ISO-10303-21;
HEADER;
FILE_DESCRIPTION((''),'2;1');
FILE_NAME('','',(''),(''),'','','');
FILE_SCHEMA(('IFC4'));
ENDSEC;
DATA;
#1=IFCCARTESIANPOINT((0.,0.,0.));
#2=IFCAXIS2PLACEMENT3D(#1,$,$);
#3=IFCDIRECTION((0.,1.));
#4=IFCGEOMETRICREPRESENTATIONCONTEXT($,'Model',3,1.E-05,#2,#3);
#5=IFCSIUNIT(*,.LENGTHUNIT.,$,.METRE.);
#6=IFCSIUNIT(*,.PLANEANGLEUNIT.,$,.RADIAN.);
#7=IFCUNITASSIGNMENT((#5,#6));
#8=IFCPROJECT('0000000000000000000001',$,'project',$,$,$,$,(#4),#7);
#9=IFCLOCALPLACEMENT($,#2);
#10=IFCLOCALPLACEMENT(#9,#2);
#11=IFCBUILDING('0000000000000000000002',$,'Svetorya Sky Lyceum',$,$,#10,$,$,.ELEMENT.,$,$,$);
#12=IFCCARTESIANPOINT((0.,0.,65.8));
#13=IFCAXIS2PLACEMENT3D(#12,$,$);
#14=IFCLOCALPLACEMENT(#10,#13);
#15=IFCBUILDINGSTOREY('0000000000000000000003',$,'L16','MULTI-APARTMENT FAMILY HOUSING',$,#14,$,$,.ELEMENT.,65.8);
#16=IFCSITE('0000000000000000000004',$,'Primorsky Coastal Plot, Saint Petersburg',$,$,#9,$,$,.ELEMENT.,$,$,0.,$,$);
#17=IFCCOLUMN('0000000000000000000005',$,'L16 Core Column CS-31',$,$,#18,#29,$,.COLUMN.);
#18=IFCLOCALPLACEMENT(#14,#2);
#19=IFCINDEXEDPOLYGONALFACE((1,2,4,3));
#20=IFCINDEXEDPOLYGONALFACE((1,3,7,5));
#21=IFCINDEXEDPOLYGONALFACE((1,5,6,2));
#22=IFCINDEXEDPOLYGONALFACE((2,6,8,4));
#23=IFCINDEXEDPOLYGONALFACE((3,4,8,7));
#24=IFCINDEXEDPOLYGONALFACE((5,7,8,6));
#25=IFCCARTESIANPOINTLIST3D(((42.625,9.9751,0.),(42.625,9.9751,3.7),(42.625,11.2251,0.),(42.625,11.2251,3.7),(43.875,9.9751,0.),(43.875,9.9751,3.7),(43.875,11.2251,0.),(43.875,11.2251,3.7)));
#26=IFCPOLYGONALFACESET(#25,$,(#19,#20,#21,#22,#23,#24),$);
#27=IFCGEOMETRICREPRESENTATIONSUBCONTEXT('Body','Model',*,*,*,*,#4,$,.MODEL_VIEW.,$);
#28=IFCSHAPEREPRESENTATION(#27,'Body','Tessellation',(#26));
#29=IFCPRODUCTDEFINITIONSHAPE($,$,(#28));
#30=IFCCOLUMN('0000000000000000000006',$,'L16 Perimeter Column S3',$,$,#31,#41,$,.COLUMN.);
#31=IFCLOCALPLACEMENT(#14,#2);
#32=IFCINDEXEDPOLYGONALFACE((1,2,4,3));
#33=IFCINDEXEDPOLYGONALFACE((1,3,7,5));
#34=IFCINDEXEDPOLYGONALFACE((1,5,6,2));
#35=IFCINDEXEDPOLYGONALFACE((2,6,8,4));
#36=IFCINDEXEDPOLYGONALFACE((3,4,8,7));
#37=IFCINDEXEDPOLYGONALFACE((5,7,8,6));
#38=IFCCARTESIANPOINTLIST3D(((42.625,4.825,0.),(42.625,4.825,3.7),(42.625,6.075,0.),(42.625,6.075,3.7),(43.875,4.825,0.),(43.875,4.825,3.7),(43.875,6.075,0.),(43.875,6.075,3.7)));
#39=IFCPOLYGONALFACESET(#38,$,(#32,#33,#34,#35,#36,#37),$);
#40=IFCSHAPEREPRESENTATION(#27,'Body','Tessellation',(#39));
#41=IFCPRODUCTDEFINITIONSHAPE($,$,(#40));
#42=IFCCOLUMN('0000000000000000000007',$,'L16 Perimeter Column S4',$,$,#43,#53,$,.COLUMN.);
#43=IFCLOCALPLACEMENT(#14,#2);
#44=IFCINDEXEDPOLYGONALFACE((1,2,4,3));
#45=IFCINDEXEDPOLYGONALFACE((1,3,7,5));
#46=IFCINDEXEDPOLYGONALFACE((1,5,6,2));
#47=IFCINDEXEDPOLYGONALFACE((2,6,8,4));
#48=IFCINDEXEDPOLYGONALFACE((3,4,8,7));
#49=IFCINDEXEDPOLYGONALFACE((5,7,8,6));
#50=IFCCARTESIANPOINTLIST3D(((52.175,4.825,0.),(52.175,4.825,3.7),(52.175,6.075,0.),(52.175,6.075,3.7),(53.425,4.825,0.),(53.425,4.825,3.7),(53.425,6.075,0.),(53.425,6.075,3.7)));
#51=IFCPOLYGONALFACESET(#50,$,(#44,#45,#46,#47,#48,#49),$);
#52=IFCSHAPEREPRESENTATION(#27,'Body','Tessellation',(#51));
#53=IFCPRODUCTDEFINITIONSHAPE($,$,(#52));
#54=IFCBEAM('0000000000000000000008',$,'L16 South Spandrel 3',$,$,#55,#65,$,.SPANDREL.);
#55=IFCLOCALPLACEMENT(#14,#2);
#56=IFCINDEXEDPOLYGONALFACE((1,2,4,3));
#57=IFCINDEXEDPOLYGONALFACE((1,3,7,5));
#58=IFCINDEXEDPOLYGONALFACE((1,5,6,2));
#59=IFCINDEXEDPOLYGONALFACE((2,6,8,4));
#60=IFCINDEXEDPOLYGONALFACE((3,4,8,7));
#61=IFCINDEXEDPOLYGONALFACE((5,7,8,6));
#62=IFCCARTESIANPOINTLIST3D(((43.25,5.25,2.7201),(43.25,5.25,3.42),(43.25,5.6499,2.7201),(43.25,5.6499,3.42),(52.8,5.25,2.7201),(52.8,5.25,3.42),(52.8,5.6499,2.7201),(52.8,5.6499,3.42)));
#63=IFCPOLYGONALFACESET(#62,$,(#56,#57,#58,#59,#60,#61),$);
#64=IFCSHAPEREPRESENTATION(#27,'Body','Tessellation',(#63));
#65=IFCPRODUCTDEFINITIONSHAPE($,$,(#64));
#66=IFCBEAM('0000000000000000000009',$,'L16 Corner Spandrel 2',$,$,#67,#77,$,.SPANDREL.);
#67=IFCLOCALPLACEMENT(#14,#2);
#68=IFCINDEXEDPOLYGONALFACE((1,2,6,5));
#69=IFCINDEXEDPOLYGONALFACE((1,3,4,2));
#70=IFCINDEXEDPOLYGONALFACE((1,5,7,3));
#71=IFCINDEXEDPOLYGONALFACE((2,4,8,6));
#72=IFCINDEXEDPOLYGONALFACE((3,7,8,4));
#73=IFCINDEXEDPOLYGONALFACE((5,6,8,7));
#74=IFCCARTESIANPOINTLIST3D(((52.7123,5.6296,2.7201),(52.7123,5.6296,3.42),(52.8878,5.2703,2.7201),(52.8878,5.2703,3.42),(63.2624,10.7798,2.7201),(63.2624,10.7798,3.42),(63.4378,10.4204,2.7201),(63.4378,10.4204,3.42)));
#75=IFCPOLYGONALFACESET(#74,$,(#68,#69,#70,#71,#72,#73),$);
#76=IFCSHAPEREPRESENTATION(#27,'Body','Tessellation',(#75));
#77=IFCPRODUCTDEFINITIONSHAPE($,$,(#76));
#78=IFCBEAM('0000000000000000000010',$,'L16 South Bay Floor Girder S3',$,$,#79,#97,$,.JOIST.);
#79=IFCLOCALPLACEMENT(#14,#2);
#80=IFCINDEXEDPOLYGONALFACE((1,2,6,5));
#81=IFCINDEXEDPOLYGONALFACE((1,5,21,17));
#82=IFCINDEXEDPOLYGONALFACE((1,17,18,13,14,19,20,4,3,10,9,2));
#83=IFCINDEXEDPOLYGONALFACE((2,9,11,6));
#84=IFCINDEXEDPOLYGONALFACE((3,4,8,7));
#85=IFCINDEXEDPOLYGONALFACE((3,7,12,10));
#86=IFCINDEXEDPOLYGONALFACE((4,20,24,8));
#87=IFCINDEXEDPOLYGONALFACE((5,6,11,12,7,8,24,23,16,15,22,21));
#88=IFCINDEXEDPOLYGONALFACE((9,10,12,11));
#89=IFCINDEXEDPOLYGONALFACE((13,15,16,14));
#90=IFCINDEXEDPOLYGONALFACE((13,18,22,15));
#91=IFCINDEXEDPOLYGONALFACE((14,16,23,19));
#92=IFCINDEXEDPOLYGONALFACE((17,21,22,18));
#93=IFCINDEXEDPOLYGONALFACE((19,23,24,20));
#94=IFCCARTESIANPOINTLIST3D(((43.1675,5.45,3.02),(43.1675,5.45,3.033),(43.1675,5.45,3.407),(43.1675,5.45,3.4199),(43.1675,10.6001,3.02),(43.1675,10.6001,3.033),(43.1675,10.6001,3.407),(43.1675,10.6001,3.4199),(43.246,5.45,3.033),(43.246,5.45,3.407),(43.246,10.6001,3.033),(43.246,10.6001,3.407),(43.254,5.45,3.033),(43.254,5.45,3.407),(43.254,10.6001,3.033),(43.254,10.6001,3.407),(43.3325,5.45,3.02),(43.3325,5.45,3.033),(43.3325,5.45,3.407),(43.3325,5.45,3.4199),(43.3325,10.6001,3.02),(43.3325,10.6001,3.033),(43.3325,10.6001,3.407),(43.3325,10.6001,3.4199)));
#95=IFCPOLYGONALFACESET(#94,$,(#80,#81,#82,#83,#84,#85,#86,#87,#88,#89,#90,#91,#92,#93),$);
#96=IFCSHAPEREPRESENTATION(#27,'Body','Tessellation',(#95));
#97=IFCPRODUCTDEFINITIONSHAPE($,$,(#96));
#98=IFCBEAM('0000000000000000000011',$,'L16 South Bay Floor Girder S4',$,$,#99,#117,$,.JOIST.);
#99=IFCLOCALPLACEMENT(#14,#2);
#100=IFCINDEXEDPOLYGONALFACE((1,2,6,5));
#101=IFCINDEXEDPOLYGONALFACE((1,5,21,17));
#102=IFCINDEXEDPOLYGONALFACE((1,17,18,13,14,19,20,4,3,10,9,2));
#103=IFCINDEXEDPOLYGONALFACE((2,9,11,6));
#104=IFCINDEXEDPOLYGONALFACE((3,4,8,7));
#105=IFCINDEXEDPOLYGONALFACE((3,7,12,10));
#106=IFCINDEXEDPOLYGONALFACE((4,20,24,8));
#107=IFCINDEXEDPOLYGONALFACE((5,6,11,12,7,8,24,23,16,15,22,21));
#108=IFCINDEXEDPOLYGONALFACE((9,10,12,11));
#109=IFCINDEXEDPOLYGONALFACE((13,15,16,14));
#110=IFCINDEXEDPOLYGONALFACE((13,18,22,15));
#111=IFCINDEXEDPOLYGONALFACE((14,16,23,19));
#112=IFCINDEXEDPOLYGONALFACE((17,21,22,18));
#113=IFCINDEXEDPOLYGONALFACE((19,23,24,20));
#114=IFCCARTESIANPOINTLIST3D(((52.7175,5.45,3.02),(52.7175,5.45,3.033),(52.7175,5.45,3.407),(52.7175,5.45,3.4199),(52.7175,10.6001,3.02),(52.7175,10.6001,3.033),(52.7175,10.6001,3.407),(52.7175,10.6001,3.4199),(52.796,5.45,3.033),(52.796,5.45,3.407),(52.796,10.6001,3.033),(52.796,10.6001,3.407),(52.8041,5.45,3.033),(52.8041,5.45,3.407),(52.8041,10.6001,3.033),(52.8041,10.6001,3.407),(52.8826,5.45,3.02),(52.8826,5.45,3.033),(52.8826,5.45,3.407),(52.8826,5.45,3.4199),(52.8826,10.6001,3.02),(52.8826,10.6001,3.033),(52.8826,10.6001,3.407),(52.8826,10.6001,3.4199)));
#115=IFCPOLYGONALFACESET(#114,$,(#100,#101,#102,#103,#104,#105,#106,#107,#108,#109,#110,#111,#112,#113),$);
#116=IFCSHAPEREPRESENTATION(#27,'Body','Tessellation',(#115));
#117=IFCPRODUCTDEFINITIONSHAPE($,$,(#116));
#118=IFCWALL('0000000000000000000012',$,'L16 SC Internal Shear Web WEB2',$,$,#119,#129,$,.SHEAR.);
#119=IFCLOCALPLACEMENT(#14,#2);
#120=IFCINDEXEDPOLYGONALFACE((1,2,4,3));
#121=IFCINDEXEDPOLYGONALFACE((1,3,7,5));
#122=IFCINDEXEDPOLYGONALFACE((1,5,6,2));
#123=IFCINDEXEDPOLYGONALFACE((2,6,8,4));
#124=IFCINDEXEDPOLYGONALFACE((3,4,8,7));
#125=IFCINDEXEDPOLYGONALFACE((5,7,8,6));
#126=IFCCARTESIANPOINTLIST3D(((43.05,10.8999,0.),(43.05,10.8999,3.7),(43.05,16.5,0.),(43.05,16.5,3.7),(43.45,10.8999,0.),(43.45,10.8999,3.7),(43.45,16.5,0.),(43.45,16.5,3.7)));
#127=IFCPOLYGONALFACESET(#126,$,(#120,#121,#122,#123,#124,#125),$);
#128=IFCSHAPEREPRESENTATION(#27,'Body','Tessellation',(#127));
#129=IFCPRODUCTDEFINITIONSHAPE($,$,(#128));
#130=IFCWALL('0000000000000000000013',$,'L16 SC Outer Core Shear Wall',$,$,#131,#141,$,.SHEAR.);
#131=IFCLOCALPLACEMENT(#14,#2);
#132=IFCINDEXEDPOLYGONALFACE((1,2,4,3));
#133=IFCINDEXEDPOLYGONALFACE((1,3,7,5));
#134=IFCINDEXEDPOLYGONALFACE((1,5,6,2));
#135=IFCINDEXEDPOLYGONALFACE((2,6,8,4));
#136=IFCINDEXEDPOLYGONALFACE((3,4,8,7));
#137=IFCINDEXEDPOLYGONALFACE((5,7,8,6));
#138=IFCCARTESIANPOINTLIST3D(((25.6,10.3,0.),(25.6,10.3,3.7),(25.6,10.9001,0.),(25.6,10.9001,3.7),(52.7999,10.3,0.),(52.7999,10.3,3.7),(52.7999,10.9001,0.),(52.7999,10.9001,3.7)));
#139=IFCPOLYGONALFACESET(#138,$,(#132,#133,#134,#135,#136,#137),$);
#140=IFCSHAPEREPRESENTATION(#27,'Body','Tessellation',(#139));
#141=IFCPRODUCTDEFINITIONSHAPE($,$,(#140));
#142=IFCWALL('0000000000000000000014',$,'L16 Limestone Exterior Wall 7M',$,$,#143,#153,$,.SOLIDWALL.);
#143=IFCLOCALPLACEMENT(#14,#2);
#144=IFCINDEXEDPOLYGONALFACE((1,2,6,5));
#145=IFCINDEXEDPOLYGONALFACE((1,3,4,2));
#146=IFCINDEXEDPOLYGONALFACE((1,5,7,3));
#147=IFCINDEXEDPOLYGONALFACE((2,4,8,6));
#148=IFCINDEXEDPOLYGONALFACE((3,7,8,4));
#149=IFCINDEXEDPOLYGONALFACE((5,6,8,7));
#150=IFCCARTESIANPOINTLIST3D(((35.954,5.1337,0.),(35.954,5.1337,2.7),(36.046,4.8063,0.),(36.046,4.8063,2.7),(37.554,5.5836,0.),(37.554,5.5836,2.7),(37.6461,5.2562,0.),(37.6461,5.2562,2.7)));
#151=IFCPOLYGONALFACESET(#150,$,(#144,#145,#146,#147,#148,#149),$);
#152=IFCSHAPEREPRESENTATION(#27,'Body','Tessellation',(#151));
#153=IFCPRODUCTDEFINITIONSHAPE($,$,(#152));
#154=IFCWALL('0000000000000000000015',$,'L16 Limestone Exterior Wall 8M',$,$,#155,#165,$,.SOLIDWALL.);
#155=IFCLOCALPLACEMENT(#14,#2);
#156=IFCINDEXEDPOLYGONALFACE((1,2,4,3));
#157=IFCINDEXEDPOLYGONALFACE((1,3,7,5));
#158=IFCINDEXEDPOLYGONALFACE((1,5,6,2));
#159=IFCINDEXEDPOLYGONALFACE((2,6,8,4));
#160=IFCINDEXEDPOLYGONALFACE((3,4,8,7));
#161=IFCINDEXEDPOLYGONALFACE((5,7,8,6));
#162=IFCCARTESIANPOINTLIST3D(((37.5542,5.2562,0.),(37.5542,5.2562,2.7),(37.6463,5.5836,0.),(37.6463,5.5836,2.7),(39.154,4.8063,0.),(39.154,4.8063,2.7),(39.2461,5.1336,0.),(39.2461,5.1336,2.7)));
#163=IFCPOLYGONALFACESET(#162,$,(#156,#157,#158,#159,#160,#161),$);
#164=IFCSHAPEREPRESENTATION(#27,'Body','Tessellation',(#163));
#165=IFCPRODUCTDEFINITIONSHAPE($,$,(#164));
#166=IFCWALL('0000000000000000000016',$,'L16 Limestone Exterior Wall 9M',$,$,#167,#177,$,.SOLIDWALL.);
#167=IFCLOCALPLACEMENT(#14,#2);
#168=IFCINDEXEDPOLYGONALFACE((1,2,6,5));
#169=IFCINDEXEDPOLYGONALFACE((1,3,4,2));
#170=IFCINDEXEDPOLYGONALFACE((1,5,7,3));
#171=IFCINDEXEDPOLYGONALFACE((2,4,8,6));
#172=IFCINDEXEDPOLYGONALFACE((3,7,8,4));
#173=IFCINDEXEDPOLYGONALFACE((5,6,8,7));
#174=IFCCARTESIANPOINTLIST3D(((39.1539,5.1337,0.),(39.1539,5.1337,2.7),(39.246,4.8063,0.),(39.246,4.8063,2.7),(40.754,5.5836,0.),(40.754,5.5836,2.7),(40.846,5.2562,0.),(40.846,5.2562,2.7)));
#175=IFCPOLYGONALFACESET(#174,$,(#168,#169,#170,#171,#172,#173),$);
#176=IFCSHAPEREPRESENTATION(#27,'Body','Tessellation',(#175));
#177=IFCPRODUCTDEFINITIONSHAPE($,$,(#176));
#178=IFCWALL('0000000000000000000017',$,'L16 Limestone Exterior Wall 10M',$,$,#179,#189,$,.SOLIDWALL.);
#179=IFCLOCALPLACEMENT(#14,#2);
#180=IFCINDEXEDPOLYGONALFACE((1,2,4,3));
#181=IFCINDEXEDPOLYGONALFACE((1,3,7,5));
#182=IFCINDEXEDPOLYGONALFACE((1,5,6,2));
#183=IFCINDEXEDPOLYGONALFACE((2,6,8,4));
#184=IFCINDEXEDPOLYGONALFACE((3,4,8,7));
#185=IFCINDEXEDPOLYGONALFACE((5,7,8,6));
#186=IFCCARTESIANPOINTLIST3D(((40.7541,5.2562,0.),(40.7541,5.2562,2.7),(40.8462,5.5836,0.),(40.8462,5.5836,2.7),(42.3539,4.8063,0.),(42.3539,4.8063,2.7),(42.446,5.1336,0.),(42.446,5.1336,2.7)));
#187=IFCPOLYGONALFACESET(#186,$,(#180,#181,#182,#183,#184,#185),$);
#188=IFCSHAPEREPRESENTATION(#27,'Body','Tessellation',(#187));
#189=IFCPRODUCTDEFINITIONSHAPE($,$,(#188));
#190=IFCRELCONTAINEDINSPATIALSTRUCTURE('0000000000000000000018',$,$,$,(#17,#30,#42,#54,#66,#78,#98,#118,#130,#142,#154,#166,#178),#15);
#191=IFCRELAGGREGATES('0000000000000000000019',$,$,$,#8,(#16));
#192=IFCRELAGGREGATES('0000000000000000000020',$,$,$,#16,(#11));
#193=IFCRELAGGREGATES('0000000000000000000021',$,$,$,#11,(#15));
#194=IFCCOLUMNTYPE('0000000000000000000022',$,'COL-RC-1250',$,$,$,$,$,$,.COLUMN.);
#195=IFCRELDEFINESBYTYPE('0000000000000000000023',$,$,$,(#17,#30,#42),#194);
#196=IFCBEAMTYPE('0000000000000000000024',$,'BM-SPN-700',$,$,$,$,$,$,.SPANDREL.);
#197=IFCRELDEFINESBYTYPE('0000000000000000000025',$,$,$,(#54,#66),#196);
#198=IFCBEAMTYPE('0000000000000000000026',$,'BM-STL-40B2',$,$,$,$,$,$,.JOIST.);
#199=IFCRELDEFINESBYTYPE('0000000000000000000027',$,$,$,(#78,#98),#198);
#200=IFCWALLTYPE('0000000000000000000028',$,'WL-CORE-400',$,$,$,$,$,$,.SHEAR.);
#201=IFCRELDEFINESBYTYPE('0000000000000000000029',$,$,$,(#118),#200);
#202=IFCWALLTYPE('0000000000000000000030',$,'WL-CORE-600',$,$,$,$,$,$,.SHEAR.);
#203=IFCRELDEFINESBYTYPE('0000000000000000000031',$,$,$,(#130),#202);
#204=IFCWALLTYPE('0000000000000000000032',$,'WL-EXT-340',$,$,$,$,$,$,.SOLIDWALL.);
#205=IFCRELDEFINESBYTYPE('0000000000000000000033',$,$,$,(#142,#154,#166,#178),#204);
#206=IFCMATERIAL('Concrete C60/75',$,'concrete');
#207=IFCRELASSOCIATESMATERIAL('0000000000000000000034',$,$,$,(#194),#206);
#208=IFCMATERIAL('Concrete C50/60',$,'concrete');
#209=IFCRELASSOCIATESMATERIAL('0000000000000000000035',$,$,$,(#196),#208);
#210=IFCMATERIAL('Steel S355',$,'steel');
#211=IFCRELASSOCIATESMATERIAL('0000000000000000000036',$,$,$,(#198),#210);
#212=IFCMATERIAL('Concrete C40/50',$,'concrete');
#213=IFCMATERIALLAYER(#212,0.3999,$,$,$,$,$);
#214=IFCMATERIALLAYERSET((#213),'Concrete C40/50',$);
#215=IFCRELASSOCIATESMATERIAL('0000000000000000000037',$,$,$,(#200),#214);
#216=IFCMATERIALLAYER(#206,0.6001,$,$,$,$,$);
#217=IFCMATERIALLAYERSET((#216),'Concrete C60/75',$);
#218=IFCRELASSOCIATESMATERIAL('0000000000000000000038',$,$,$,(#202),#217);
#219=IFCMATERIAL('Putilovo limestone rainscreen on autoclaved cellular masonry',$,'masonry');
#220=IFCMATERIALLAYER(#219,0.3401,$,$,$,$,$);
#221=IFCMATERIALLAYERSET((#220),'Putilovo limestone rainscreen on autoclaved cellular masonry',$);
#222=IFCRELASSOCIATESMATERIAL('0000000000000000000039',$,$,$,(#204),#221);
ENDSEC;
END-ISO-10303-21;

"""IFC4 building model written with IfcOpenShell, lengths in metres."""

from ifc_helpers import new_model, si_unit, direction, frame, frame_2d, origin, origin_2d, place, context, subcontext, project, spatial, rectangle, i_section, extrude, material, layer, layer_set, material_profile, profile_set, type_object, element, save


model = new_model("IFC4")

# Units and contexts
model_context = context("Model", 3, precision=1e-05, world=origin(), true_north=direction((0.0, 1.0)))
body_context = subcontext(model_context, "Body", "Model", "MODEL_VIEW")
ifc_project = project(units=[si_unit("LENGTHUNIT", "METRE"), si_unit("PLANEANGLEUNIT", "RADIAN")], contexts=[model_context])

# Site, building, storey
site_placement = place(None, origin())
site = spatial("IfcSite", under=ifc_project, at=site_placement, Name="Primorsky Coastal Plot, Saint Petersburg", CompositionType="ELEMENT", RefElevation=0.0)
building_placement = place(site_placement, origin())
building = spatial("IfcBuilding", under=site, at=building_placement, Name="Svetorya Sky Lyceum", CompositionType="ELEMENT")
storey_placement = place(building_placement, frame((0.0, 0.0, 65.8)))
storey = spatial("IfcBuildingStorey", under=building, at=storey_placement, Name="L16", Description="MULTI-APARTMENT FAMILY HOUSING", CompositionType="ELEMENT", Elevation=65.8)

# Columns
ifc_material_1 = material(Name="Concrete C60/75", Category="concrete")
ifc_material_profile_1 = material_profile(ifc_material_1, rectangle(XDim=1.25, YDim=1.25, at=origin_2d()), Name="RC COL 1250x1250")
ifc_profile_set_1 = profile_set([ifc_material_profile_1], Name="Concrete C60/75")
column_type = type_object("IfcColumnType", Name="COL-RC-1250", PredefinedType="COLUMN", material=ifc_profile_set_1)
for number, where, z_axis, x_axis, name in (
    (1, (43.25, 10.6001, 0.0), (0.0, 0.0, 1.0), (1.0, 0.0, 0.0), "L16 Core Column CS-31"),
    (2, (43.25, 5.45, 0.0), (0.0, 0.0, 1.0), (1.0, 0.0, 0.0), "L16 Perimeter Column S3"),
    (3, (52.8, 5.45, 0.0), (0.0, 0.0, 1.0), (1.0, 0.0, 0.0), "L16 Perimeter Column S4"),
):
    element("IfcColumn", number, at=place(storey_placement, frame(where, z_axis=z_axis, x_axis=x_axis)), inside=storey, type_object=column_type, Name=name, PredefinedType="COLUMN", context=body_context, shape_type="SweptSolid", body=[
        extrude(rectangle(XDim=1.25, YDim=1.25, at=origin_2d()), origin(), (0.0, 0.0, 1.0), 3.7),
    ])

# Beams
ifc_material_2 = material(Name="Concrete C50/60", Category="concrete")
ifc_material_profile_2 = material_profile(ifc_material_2, rectangle(XDim=0.3999, YDim=0.7, at=origin_2d()), Name="RC SPANDREL 400x700")
ifc_profile_set_2 = profile_set([ifc_material_profile_2], Name="Concrete C50/60")
beam_type_1 = type_object("IfcBeamType", Name="BM-SPN-700", PredefinedType="SPANDREL", material=ifc_profile_set_2)
beam_1_placement = place(storey_placement, frame((43.25, 5.45, 3.0701), z_axis=(1.0, 0.0, 0.0), x_axis=(0.0, 1.0, 0.0)))
element("IfcBeam", 4, at=beam_1_placement, inside=storey, type_object=beam_type_1, Name="L16 South Spandrel 3", PredefinedType="SPANDREL", context=body_context, shape_type="SweptSolid", body=[
    extrude(rectangle(XDim=0.3999, YDim=0.7, at=origin_2d()), origin(), (0.0, 0.0, 1.0), 9.55),
])
beam_2_placement = place(storey_placement, frame((52.8, 5.45, 3.0701), z_axis=(0.898641, 0.438684, 0.0), x_axis=(-0.438684, 0.898641, 0.0)))
element("IfcBeam", 5, at=beam_2_placement, inside=storey, type_object=beam_type_1, Name="L16 Corner Spandrel 2", PredefinedType="SPANDREL", context=body_context, shape_type="SweptSolid", body=[
    extrude(rectangle(XDim=0.3999, YDim=0.7, at=origin_2d()), origin(), (0.0, 0.0, 1.0), 11.74),
])
ifc_material_3 = material(Name="Steel S355", Category="steel")
ifc_material_profile_3 = material_profile(ifc_material_3, i_section(OverallWidth=0.165, OverallDepth=0.3999, WebThickness=0.0081, FlangeThickness=0.0129, at=origin_2d()), Name="GOST 40B2")
ifc_profile_set_3 = profile_set([ifc_material_profile_3], Name="Steel S355")
beam_type_2 = type_object("IfcBeamType", Name="BM-STL-40B2", PredefinedType="JOIST", material=ifc_profile_set_3)
for number, where, z_axis, x_axis, name in (
    (6, (43.25, 5.45, 3.22), (0.0, 1.0, 0.0), (-1.0, 0.0, 0.0), "L16 South Bay Floor Girder S3"),
    (7, (52.8, 5.45, 3.22), (0.0, 1.0, 0.0), (-1.0, 0.0, 0.0), "L16 South Bay Floor Girder S4"),
):
    element("IfcBeam", number, at=place(storey_placement, frame(where, z_axis=z_axis, x_axis=x_axis)), inside=storey, type_object=beam_type_2, Name=name, PredefinedType="JOIST", context=body_context, shape_type="SweptSolid", body=[
        extrude(i_section(OverallWidth=0.165, OverallDepth=0.3999, WebThickness=0.0081, FlangeThickness=0.0129, at=origin_2d()), origin(), (0.0, 0.0, 1.0), 5.1501),
    ])

# Walls
ifc_material_4 = material(Name="Concrete C40/50", Category="concrete")
ifc_layer_1 = layer(ifc_material_4, 0.3999)
ifc_layer_set_1 = layer_set([ifc_layer_1], Name="Concrete C40/50")
wall_type_1 = type_object("IfcWallType", Name="WL-CORE-400", PredefinedType="SHEAR", material=ifc_layer_set_1)
wall_1_placement = place(storey_placement, frame((43.25, 10.8999, 0.0), z_axis=(0.0, 0.0, 1.0), x_axis=(0.0, 1.0, 0.0)))
element("IfcWall", 8, at=wall_1_placement, inside=storey, type_object=wall_type_1, Name="L16 SC Internal Shear Web WEB2", PredefinedType="SHEAR", context=body_context, shape_type="SweptSolid", body=[
    extrude(rectangle(XDim=5.6001, YDim=0.3999, at=frame_2d((2.8, 0.0))), origin(), (0.0, 0.0, 1.0), 3.7),
])
ifc_layer_2 = layer(ifc_material_1, 0.6001)
ifc_layer_set_2 = layer_set([ifc_layer_2], Name="Concrete C60/75")
wall_type_2 = type_object("IfcWallType", Name="WL-CORE-600", PredefinedType="SHEAR", material=ifc_layer_set_2)
wall_2_placement = place(storey_placement, frame((52.8, 10.6001, 0.0), z_axis=(0.0, 0.0, 1.0), x_axis=(-1.0, 0.0, 0.0)))
element("IfcWall", 9, at=wall_2_placement, inside=storey, type_object=wall_type_2, Name="L16 SC Outer Core Shear Wall", PredefinedType="SHEAR", context=body_context, shape_type="SweptSolid", body=[
    extrude(rectangle(XDim=27.2, YDim=0.6001, at=frame_2d((13.6001, 0.0))), origin(), (0.0, 0.0, 1.0), 3.7),
])
ifc_material_5 = material(Name="Putilovo limestone rainscreen on autoclaved cellular masonry", Category="masonry")
ifc_layer_3 = layer(ifc_material_5, 0.3401)
ifc_layer_set_3 = layer_set([ifc_layer_3], Name="Putilovo limestone rainscreen on autoclaved cellular masonry")
wall_type_3 = type_object("IfcWallType", Name="WL-EXT-340", PredefinedType="SOLIDWALL", material=ifc_layer_set_3)
wall_3_placement = place(storey_placement, frame((36.0, 4.97, 0.0), z_axis=(0.0, 0.0, 1.0), x_axis=(0.962663, 0.270703, 0.0)))
element("IfcWall", 10, at=wall_3_placement, inside=storey, type_object=wall_type_3, Name="L16 Limestone Exterior Wall 7M", PredefinedType="SOLIDWALL", context=body_context, shape_type="SweptSolid", body=[
    extrude(rectangle(XDim=1.6621, YDim=0.3401, at=frame_2d((0.8311, 0.0))), origin(), (0.0, 0.0, 1.0), 2.7),
])
wall_4_placement = place(storey_placement, frame((37.6001, 5.4199, 0.0), z_axis=(0.0, 0.0, 1.0), x_axis=(0.962652, -0.270741, 0.0)))
element("IfcWall", 11, at=wall_4_placement, inside=storey, type_object=wall_type_3, Name="L16 Limestone Exterior Wall 8M", PredefinedType="SOLIDWALL", context=body_context, shape_type="SweptSolid", body=[
    extrude(rectangle(XDim=1.6619, YDim=0.3401, at=frame_2d((0.8311, 0.0))), origin(), (0.0, 0.0, 1.0), 2.7),
])
wall_5_placement = place(storey_placement, frame((39.2, 4.97, 0.0), z_axis=(0.0, 0.0, 1.0), x_axis=(0.962663, 0.270703, 0.0)))
element("IfcWall", 12, at=wall_5_placement, inside=storey, type_object=wall_type_3, Name="L16 Limestone Exterior Wall 9M", PredefinedType="SOLIDWALL", context=body_context, shape_type="SweptSolid", body=[
    extrude(rectangle(XDim=1.6621, YDim=0.3401, at=frame_2d((0.8311, 0.0))), origin(), (0.0, 0.0, 1.0), 2.7),
])
wall_6_placement = place(storey_placement, frame((40.8, 5.4199, 0.0), z_axis=(0.0, 0.0, 1.0), x_axis=(0.962652, -0.270741, 0.0)))
element("IfcWall", 13, at=wall_6_placement, inside=storey, type_object=wall_type_3, Name="L16 Limestone Exterior Wall 10M", PredefinedType="SOLIDWALL", context=body_context, shape_type="SweptSolid", body=[
    extrude(rectangle(XDim=1.6619, YDim=0.3401, at=frame_2d((0.8311, 0.0))), origin(), (0.0, 0.0, 1.0), 2.7),
])

save(model, "model.ifc")
